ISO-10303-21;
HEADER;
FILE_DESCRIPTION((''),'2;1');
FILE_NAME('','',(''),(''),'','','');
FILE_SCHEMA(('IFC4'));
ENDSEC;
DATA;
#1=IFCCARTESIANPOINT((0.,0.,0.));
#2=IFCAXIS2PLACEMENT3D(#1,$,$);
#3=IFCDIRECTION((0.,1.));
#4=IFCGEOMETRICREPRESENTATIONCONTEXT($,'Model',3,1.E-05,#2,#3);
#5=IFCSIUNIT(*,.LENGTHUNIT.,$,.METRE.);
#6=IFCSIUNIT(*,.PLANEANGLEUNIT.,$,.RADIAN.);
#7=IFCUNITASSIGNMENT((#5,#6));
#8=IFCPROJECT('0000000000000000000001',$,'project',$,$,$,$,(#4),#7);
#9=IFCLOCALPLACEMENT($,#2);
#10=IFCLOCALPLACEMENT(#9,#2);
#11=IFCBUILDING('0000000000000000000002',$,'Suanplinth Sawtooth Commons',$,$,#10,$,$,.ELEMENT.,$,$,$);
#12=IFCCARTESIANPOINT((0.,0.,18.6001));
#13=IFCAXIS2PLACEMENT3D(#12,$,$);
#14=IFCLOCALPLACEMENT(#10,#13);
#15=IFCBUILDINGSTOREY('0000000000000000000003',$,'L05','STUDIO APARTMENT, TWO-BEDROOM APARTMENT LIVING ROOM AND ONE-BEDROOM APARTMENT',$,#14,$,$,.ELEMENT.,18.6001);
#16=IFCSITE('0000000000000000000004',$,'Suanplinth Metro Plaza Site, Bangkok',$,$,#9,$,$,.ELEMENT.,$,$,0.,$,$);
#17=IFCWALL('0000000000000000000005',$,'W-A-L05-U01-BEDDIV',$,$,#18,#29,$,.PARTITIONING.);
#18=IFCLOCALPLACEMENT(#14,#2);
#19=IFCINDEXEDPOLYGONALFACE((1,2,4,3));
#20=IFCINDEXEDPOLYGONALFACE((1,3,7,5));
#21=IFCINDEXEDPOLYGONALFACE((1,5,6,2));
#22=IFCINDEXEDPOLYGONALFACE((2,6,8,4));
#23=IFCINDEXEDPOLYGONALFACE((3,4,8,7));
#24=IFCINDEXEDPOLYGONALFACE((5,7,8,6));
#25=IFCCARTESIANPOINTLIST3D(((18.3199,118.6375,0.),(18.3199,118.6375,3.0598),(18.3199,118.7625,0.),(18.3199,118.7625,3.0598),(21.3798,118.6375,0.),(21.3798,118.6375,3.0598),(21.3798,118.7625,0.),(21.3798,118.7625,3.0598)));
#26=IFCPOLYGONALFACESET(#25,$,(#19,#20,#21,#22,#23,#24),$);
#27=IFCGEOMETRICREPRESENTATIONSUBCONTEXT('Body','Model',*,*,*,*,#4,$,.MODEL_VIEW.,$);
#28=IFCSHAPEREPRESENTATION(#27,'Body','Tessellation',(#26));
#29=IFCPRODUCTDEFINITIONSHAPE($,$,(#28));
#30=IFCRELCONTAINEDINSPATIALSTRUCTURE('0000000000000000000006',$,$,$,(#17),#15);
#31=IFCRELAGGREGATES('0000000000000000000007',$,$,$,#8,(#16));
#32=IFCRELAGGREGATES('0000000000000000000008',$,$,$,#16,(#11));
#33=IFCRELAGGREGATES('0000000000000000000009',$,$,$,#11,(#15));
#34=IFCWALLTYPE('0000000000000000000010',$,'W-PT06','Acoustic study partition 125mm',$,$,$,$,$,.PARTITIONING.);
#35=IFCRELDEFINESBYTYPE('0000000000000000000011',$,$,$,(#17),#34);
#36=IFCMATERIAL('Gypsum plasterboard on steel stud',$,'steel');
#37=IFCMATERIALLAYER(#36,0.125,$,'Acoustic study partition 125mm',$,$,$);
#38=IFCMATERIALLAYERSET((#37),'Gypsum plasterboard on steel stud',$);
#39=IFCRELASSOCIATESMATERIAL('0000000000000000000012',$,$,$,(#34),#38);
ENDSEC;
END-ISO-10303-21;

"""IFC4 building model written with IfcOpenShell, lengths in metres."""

from ifc_helpers import new_model, si_unit, direction, frame, frame_2d, origin, place, context, subcontext, project, spatial, rectangle, extrude, material, layer, layer_set, type_object, element, save


model = new_model("IFC4")

# Units and contexts
model_context = context("Model", 3, precision=1e-05, world=origin(), true_north=direction((0.0, 1.0)))
body_context = subcontext(model_context, "Body", "Model", "MODEL_VIEW")
ifc_project = project(units=[si_unit("LENGTHUNIT", "METRE"), si_unit("PLANEANGLEUNIT", "RADIAN")], contexts=[model_context])

# Site, building, storey
site_placement = place(None, origin())
site = spatial("IfcSite", under=ifc_project, at=site_placement, Name="Suanplinth Metro Plaza Site, Bangkok", CompositionType="ELEMENT", RefElevation=0.0)
building_placement = place(site_placement, origin())
building = spatial("IfcBuilding", under=site, at=building_placement, Name="Suanplinth Sawtooth Commons", CompositionType="ELEMENT")
storey_placement = place(building_placement, frame((0.0, 0.0, 18.6001)))
storey = spatial("IfcBuildingStorey", under=building, at=storey_placement, Name="L05", Description="STUDIO APARTMENT, TWO-BEDROOM APARTMENT LIVING ROOM AND ONE-BEDROOM APARTMENT", CompositionType="ELEMENT", Elevation=18.6001)

# Shared definitions
ifc_material_1 = material(Name="Gypsum plasterboard on steel stud", Category="steel")

# Wall
ifc_layer_1 = layer(ifc_material_1, 0.125, Name="Acoustic study partition 125mm")
ifc_layer_set_1 = layer_set([ifc_layer_1], Name="Gypsum plasterboard on steel stud")
wall_type_1 = type_object("IfcWallType", Name="W-PT06", Description="Acoustic study partition 125mm", PredefinedType="PARTITIONING", material=ifc_layer_set_1)
wall_1_placement = place(storey_placement, frame((18.3201, 118.7, 0.0), z_axis=(0.0, 0.0, 1.0), x_axis=(1.0, 0.0, 0.0)))
element("IfcWall", 1, at=wall_1_placement, inside=storey, type_object=wall_type_1, Name="W-A-L05-U01-BEDDIV", PredefinedType="PARTITIONING", context=body_context, shape_type="SweptSolid", body=[
    extrude(rectangle(XDim=3.0598, YDim=0.125, at=frame_2d((1.5298, 0.0))), origin(), (0.0, 0.0, 1.0), 3.0598),
])

save(model, "model.ifc")
